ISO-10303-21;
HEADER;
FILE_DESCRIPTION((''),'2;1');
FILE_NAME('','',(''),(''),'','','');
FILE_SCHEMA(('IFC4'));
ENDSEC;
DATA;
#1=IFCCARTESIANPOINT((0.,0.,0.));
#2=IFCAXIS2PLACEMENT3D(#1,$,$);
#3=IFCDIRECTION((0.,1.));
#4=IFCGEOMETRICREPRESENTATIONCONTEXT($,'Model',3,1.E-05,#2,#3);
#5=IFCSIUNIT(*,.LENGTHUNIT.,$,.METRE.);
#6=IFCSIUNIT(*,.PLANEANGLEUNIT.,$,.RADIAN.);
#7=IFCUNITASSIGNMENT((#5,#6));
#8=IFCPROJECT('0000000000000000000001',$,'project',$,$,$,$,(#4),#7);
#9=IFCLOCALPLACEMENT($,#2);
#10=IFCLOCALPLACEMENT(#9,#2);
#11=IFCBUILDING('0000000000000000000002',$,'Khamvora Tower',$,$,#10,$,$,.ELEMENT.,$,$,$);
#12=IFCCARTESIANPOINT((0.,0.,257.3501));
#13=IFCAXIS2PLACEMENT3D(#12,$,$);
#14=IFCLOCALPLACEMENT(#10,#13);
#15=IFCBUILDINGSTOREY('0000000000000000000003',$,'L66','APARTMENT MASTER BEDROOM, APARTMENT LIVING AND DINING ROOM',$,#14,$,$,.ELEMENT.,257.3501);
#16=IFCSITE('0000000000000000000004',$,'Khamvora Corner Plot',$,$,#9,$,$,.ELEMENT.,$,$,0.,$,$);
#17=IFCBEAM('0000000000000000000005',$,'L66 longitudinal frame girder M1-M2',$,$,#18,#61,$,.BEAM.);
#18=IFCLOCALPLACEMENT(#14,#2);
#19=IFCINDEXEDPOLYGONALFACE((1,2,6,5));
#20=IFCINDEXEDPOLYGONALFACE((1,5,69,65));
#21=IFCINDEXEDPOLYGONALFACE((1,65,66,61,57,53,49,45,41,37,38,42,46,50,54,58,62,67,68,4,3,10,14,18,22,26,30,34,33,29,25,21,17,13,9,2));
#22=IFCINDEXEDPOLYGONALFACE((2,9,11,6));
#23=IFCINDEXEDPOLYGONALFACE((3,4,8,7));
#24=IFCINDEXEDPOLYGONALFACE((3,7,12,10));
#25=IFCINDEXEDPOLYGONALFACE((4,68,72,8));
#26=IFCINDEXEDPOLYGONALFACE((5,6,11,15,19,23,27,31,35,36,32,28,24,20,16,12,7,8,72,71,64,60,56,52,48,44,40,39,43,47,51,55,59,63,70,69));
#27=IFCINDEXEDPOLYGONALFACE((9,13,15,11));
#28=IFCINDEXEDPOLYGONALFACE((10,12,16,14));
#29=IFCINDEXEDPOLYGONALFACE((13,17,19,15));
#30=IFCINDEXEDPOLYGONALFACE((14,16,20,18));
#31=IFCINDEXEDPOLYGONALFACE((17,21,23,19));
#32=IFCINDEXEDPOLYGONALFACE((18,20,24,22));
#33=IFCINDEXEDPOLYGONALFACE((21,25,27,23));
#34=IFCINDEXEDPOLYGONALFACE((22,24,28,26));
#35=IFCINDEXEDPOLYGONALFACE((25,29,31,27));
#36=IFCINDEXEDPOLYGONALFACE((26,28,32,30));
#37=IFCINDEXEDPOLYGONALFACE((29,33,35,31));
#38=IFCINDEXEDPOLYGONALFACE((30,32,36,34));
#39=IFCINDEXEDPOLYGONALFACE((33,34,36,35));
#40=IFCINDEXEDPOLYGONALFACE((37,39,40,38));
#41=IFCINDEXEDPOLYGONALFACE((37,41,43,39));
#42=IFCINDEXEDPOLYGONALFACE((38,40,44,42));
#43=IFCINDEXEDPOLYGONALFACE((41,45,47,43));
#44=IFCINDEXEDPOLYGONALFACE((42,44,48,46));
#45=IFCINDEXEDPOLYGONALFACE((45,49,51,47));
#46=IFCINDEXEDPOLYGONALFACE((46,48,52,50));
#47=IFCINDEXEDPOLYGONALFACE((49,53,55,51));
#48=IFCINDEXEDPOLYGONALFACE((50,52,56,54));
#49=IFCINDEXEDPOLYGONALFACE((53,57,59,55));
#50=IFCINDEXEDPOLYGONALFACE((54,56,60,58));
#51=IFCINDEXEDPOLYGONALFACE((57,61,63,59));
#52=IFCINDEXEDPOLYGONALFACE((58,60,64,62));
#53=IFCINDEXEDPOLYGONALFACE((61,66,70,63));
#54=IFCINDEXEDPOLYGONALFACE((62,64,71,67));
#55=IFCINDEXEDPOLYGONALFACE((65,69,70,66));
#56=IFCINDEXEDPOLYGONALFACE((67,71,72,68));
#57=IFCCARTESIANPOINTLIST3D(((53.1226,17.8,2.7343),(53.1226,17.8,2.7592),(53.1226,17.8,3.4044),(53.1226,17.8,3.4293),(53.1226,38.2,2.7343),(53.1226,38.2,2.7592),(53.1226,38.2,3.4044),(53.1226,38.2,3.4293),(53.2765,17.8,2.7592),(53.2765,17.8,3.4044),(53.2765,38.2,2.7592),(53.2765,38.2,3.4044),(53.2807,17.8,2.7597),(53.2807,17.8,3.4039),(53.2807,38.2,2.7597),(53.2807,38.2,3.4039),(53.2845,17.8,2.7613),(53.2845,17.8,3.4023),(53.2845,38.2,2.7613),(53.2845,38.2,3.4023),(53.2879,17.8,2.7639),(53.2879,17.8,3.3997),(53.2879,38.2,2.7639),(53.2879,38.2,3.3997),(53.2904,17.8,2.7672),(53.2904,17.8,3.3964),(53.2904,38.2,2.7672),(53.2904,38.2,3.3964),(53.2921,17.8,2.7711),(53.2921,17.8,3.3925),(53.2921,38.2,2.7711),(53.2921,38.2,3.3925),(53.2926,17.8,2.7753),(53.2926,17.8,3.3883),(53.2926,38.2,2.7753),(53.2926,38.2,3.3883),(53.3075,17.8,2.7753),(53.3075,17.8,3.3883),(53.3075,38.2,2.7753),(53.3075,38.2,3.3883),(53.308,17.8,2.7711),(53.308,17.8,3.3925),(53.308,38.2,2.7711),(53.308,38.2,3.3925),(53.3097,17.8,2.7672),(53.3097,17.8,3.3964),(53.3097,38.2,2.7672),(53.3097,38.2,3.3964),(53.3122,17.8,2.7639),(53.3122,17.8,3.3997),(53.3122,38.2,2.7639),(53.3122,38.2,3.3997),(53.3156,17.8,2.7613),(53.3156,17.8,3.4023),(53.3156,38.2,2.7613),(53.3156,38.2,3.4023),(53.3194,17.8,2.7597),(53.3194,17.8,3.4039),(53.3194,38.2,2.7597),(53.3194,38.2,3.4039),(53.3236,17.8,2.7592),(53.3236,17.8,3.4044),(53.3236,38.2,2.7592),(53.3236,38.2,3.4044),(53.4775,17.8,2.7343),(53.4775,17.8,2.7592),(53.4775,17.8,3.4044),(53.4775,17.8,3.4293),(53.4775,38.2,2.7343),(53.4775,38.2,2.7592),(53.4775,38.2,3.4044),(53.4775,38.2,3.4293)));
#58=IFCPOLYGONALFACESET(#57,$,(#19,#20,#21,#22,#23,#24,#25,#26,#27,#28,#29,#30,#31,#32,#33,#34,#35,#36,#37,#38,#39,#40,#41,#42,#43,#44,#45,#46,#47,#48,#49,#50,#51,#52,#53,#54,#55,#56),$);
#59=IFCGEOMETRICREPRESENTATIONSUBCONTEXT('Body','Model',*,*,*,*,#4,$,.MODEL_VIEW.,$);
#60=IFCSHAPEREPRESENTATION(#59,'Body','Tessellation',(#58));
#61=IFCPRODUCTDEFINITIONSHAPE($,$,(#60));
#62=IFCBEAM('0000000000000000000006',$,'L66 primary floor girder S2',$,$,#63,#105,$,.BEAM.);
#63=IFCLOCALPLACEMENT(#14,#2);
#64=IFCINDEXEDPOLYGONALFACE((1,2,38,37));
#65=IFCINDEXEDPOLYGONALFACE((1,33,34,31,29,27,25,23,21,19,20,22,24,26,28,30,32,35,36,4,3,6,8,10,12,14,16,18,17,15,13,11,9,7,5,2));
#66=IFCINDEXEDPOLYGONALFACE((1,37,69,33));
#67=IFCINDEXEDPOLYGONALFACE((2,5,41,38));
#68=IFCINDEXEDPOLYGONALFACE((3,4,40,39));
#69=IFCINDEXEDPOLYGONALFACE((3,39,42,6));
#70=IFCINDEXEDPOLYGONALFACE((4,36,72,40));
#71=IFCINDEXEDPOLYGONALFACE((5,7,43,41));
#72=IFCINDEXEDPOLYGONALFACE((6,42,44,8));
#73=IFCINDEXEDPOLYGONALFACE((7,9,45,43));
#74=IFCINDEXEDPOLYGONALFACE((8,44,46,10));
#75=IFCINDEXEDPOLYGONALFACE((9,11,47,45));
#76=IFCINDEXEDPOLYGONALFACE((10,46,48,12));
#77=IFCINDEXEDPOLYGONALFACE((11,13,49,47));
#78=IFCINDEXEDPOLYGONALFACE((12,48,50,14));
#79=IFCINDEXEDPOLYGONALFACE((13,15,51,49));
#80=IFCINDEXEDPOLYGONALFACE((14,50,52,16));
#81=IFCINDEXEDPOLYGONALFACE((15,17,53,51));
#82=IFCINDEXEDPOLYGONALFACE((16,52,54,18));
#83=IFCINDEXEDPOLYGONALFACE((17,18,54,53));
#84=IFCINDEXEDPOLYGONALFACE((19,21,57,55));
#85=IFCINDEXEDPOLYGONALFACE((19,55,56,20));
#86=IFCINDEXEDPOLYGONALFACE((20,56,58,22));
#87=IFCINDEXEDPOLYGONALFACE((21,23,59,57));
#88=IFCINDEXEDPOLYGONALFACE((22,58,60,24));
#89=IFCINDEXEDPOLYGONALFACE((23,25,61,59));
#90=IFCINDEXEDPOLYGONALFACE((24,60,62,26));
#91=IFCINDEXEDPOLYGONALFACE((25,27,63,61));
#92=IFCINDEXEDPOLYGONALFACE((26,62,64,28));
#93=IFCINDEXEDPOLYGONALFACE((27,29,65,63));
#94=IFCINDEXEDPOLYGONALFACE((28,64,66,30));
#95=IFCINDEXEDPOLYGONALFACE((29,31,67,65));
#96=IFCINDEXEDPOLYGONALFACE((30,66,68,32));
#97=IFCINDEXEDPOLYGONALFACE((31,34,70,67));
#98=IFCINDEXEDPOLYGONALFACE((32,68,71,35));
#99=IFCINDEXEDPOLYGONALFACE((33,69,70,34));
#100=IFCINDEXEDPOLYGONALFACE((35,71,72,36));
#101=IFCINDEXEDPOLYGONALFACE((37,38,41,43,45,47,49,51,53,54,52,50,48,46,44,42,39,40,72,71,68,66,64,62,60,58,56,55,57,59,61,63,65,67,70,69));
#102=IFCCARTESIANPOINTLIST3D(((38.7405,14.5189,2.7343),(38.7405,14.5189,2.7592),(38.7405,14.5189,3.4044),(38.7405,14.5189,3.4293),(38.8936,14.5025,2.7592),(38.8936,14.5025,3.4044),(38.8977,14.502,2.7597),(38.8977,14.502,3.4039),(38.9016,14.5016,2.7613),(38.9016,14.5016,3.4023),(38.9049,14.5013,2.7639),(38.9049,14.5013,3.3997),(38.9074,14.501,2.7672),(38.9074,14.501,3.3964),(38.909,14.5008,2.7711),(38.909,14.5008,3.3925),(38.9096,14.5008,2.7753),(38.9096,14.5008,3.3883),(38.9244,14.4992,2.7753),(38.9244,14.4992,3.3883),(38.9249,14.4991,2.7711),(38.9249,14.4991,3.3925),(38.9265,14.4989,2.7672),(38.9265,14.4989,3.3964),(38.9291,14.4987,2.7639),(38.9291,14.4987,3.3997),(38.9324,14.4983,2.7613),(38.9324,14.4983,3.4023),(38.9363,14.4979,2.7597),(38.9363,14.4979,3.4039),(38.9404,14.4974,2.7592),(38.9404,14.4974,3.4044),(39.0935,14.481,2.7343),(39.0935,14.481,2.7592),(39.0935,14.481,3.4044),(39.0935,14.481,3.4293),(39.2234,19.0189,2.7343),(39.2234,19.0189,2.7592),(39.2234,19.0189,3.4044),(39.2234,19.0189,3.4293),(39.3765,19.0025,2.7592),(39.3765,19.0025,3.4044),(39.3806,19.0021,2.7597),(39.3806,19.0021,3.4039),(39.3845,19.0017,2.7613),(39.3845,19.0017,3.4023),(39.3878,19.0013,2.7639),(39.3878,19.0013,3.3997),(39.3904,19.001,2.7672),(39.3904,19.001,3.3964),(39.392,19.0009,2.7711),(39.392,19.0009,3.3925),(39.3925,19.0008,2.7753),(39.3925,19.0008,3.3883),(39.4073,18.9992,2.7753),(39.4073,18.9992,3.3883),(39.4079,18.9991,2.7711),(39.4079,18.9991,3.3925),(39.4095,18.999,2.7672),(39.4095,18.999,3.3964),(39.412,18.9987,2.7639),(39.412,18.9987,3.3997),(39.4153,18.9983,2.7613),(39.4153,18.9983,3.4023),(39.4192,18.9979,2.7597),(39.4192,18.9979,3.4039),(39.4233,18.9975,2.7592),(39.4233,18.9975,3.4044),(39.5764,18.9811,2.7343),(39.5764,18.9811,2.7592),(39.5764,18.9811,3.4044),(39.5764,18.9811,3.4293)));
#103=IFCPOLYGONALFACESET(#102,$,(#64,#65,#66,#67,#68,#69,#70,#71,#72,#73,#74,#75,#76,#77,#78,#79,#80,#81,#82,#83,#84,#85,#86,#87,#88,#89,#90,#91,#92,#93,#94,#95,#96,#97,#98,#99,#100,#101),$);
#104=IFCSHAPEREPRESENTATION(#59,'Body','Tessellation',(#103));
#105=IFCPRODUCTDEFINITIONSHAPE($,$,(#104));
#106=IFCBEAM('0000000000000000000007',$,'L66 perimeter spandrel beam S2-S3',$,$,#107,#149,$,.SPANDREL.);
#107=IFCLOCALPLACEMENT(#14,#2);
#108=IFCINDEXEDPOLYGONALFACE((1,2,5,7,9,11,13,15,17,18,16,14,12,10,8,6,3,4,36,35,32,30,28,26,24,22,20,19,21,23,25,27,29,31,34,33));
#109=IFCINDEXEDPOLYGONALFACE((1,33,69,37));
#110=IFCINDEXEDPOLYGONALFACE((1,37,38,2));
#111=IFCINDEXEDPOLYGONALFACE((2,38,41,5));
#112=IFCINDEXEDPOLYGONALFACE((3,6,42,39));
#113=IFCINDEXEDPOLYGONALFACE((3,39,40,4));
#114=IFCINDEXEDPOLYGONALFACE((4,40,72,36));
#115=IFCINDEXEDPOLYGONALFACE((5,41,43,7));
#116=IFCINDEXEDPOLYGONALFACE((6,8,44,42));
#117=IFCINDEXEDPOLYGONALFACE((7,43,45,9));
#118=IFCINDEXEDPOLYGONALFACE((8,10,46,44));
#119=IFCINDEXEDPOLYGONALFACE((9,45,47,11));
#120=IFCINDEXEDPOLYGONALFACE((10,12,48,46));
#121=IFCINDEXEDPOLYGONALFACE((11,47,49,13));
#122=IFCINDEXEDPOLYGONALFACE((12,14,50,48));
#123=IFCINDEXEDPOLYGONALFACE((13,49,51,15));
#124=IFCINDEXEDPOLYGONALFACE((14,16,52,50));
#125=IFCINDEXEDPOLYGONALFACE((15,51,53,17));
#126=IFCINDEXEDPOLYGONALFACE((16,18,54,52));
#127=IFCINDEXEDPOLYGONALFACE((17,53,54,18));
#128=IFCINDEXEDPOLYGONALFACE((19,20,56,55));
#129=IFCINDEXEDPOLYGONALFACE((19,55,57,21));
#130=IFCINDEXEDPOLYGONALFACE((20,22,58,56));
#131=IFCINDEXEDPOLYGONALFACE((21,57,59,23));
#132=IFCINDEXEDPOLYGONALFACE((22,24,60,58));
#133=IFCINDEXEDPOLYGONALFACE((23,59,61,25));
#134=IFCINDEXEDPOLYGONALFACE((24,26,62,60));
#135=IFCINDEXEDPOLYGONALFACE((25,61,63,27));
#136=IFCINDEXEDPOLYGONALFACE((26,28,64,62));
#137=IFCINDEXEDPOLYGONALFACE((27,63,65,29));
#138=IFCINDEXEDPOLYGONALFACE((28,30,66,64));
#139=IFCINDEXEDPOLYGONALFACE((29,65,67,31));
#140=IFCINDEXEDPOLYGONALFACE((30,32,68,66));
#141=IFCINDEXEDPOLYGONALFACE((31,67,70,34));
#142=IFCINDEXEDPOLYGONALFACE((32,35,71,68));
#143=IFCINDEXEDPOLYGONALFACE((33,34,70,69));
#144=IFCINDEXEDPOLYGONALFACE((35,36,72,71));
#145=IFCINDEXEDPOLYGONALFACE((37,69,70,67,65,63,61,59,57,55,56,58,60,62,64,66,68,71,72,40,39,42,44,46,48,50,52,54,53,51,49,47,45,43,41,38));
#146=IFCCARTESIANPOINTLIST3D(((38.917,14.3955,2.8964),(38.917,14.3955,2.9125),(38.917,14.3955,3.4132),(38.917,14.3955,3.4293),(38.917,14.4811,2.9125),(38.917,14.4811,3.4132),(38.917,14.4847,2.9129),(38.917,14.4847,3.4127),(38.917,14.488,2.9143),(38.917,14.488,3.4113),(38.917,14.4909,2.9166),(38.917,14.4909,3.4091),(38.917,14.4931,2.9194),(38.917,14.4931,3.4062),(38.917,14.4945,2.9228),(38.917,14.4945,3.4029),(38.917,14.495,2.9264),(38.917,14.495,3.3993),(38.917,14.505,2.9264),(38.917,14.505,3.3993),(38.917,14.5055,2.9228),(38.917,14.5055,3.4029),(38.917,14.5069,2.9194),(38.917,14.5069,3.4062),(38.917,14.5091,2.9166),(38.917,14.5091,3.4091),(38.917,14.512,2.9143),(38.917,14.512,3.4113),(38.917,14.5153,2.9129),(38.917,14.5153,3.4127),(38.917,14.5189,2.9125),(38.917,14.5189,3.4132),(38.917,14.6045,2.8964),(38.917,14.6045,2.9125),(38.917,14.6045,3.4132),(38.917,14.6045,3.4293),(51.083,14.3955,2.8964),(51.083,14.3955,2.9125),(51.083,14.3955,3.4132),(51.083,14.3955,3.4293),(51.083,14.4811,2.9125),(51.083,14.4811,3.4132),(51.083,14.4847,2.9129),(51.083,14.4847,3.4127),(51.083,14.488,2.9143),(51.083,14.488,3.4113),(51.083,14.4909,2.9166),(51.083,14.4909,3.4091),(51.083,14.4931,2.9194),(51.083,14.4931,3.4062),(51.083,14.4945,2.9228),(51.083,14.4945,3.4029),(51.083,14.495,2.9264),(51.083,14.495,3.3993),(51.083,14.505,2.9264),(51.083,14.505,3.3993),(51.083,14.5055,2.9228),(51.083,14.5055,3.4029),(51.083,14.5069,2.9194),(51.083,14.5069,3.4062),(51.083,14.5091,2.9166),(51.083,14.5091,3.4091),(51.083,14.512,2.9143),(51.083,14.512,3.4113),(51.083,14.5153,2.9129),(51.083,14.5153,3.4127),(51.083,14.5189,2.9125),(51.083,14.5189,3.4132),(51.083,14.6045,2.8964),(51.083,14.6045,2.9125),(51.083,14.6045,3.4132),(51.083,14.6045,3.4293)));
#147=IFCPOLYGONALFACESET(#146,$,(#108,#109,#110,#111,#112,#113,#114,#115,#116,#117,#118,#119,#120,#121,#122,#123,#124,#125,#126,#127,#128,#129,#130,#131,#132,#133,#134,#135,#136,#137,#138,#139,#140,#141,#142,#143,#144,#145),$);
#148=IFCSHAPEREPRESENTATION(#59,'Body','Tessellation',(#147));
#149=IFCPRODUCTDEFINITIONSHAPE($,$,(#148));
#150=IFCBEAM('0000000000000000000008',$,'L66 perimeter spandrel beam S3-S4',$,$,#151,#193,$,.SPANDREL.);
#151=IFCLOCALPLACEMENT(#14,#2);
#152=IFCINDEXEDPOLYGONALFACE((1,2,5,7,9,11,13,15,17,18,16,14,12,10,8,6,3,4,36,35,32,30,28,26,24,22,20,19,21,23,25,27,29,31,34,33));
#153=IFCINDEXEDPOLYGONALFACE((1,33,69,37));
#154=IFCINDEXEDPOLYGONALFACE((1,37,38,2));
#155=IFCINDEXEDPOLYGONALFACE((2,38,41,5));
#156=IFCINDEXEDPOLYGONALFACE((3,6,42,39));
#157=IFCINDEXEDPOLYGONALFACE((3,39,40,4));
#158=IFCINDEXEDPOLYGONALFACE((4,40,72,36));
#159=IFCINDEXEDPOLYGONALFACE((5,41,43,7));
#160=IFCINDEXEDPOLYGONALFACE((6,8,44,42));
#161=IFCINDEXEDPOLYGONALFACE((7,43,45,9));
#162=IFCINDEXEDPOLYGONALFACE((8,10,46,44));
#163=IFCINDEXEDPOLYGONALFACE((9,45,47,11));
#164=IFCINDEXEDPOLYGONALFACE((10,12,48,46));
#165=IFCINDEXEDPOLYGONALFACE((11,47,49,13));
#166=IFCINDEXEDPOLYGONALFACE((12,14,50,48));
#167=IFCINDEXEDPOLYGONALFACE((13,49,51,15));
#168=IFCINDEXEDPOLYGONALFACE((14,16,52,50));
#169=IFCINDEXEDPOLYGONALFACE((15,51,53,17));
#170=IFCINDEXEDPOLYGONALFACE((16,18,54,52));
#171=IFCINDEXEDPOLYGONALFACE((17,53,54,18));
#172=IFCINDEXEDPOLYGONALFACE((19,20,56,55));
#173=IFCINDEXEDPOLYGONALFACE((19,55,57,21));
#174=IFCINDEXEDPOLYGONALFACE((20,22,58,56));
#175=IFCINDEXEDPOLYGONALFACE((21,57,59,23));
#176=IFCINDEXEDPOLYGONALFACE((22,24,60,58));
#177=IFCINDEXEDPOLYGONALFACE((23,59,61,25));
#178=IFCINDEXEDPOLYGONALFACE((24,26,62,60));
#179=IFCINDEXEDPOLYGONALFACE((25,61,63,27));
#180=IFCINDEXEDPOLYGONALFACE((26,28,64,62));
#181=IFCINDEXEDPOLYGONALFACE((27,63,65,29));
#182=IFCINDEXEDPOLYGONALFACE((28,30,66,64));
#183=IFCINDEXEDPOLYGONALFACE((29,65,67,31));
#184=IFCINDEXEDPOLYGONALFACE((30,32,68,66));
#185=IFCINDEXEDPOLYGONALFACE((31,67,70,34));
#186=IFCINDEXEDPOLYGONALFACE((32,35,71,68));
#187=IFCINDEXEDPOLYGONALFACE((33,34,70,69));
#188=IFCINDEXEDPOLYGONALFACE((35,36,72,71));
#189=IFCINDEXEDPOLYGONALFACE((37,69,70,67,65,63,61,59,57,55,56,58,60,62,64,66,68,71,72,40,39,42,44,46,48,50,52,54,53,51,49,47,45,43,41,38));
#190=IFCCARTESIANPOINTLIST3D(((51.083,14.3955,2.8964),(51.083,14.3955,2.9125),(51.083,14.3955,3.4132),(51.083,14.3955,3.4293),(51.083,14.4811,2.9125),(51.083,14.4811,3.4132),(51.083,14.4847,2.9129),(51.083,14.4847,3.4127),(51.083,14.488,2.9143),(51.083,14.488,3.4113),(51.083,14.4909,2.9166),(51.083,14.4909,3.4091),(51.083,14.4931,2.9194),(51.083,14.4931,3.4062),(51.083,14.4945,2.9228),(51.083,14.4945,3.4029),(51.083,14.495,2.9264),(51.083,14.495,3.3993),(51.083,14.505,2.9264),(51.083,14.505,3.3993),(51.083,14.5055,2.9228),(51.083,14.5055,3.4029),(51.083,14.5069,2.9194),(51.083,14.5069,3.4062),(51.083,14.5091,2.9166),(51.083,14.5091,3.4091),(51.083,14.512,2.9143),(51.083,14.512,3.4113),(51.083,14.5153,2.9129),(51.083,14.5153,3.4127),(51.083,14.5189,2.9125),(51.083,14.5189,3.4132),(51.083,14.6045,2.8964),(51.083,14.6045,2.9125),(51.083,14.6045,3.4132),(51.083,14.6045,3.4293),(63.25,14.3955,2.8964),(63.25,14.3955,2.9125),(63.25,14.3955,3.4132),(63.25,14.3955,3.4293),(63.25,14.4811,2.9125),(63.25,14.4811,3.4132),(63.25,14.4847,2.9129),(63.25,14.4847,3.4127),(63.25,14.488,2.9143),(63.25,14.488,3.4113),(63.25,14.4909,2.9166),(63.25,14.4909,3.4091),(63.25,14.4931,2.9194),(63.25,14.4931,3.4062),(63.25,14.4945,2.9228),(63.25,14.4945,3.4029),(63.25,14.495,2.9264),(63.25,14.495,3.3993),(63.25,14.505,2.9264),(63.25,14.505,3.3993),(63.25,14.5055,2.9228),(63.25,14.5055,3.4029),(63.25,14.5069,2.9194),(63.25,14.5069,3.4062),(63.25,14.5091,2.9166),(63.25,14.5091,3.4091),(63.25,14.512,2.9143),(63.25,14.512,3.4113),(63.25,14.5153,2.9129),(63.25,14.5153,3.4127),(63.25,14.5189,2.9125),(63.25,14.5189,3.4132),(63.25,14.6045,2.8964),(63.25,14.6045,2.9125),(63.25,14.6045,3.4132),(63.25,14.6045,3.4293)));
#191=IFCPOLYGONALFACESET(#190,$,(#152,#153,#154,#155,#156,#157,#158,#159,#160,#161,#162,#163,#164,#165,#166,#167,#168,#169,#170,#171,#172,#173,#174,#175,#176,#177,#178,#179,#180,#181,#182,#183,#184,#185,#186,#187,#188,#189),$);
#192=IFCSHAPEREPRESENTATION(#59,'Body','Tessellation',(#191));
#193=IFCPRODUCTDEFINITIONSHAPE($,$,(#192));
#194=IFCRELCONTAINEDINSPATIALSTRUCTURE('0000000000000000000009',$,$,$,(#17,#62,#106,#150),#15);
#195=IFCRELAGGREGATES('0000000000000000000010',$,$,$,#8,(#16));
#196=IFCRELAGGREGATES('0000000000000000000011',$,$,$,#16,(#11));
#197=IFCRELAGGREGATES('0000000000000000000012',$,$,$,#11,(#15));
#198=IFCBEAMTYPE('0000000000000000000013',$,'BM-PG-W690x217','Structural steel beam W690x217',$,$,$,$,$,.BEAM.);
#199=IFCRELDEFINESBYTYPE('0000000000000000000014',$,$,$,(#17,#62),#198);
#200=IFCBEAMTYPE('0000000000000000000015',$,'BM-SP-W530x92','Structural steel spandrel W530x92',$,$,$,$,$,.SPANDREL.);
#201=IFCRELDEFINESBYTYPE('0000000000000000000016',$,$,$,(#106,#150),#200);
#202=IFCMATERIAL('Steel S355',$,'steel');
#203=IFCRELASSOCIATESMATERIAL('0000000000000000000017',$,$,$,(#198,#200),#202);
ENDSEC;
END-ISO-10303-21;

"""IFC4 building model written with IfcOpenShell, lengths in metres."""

from ifc_helpers import new_model, si_unit, direction, frame, origin, origin_2d, place, context, subcontext, project, spatial, i_section, extrude, material, material_profile, profile_set, type_object, element, save


model = new_model("IFC4")

# Units and contexts
model_context = context("Model", 3, precision=1e-05, world=origin(), true_north=direction((0.0, 1.0)))
body_context = subcontext(model_context, "Body", "Model", "MODEL_VIEW")
ifc_project = project(units=[si_unit("LENGTHUNIT", "METRE"), si_unit("PLANEANGLEUNIT", "RADIAN")], contexts=[model_context])

# Site, building, storey
site_placement = place(None, origin())
site = spatial("IfcSite", under=ifc_project, at=site_placement, Name="Khamvora Corner Plot", CompositionType="ELEMENT", RefElevation=0.0)
building_placement = place(site_placement, origin())
building = spatial("IfcBuilding", under=site, at=building_placement, Name="Khamvora Tower", CompositionType="ELEMENT")
storey_placement = place(building_placement, frame((0.0, 0.0, 257.3501)))
storey = spatial("IfcBuildingStorey", under=building, at=storey_placement, Name="L66", Description="APARTMENT MASTER BEDROOM, APARTMENT LIVING AND DINING ROOM", CompositionType="ELEMENT", Elevation=257.3501)

# Shared definitions
ifc_material_1 = material(Name="Steel S355", Category="steel")

# Beams
ifc_material_profile_1 = material_profile(ifc_material_1, i_section(OverallWidth=0.355, OverallDepth=0.6951, WebThickness=0.0149, FlangeThickness=0.0249, FilletRadius=0.0161, at=origin_2d()), Name="W690x217")
ifc_profile_set_1 = profile_set([ifc_material_profile_1], Name="Steel S355")
beam_type_1 = type_object("IfcBeamType", Name="BM-PG-W690x217", Description="Structural steel beam W690x217", PredefinedType="BEAM", material=ifc_profile_set_1)
beam_1_placement = place(storey_placement, frame((53.3, 17.8, 3.0818), z_axis=(0.0, 1.0, 0.0), x_axis=(-1.0, 0.0, 0.0)))
element("IfcBeam", 1, at=beam_1_placement, inside=storey, type_object=beam_type_1, Name="L66 longitudinal frame girder M1-M2", PredefinedType="BEAM", context=body_context, shape_type="SweptSolid", body=[
    extrude(i_section(OverallWidth=0.355, OverallDepth=0.6951, WebThickness=0.0149, FlangeThickness=0.0249, FilletRadius=0.0161, at=origin_2d()), origin(), (0.0, 0.0, 1.0), 20.3999),
])
beam_2_placement = place(storey_placement, frame((39.3999, 19.0, 3.0818), z_axis=(-0.106701, -0.994291, 0.0), x_axis=(0.994291, -0.106701, 0.0)))
element("IfcBeam", 2, at=beam_2_placement, inside=storey, type_object=beam_type_1, Name="L66 primary floor girder S2", PredefinedType="BEAM", context=body_context, shape_type="SweptSolid", body=[
    extrude(i_section(OverallWidth=0.355, OverallDepth=0.6951, WebThickness=0.0149, FlangeThickness=0.0249, FilletRadius=0.0161, at=origin_2d()), origin(), (0.0, 0.0, 1.0), 4.5259),
])
ifc_material_profile_2 = material_profile(ifc_material_1, i_section(OverallWidth=0.209, OverallDepth=0.533, WebThickness=0.01, FlangeThickness=0.0161, FilletRadius=0.0139, at=origin_2d()), Name="W530x92")
ifc_profile_set_2 = profile_set([ifc_material_profile_2], Name="Steel S355")
beam_type_2 = type_object("IfcBeamType", Name="BM-SP-W530x92", Description="Structural steel spandrel W530x92", PredefinedType="SPANDREL", material=ifc_profile_set_2)
beam_3_placement = place(storey_placement, frame((38.917, 14.5, 3.1628), z_axis=(1.0, 0.0, 0.0), x_axis=(0.0, 1.0, 0.0)))
element("IfcBeam", 3, at=beam_3_placement, inside=storey, type_object=beam_type_2, Name="L66 perimeter spandrel beam S2-S3", PredefinedType="SPANDREL", context=body_context, shape_type="SweptSolid", body=[
    extrude(i_section(OverallWidth=0.209, OverallDepth=0.533, WebThickness=0.01, FlangeThickness=0.0161, FilletRadius=0.0139, at=origin_2d()), origin(), (0.0, 0.0, 1.0), 12.166),
])
beam_4_placement = place(storey_placement, frame((51.083, 14.5, 3.1628), z_axis=(1.0, 0.0, 0.0), x_axis=(0.0, 1.0, 0.0)))
element("IfcBeam", 4, at=beam_4_placement, inside=storey, type_object=beam_type_2, Name="L66 perimeter spandrel beam S3-S4", PredefinedType="SPANDREL", context=body_context, shape_type="SweptSolid", body=[
    extrude(i_section(OverallWidth=0.209, OverallDepth=0.533, WebThickness=0.01, FlangeThickness=0.0161, FilletRadius=0.0139, at=origin_2d()), origin(), (0.0, 0.0, 1.0), 12.167),
])

save(model, "model.ifc")
